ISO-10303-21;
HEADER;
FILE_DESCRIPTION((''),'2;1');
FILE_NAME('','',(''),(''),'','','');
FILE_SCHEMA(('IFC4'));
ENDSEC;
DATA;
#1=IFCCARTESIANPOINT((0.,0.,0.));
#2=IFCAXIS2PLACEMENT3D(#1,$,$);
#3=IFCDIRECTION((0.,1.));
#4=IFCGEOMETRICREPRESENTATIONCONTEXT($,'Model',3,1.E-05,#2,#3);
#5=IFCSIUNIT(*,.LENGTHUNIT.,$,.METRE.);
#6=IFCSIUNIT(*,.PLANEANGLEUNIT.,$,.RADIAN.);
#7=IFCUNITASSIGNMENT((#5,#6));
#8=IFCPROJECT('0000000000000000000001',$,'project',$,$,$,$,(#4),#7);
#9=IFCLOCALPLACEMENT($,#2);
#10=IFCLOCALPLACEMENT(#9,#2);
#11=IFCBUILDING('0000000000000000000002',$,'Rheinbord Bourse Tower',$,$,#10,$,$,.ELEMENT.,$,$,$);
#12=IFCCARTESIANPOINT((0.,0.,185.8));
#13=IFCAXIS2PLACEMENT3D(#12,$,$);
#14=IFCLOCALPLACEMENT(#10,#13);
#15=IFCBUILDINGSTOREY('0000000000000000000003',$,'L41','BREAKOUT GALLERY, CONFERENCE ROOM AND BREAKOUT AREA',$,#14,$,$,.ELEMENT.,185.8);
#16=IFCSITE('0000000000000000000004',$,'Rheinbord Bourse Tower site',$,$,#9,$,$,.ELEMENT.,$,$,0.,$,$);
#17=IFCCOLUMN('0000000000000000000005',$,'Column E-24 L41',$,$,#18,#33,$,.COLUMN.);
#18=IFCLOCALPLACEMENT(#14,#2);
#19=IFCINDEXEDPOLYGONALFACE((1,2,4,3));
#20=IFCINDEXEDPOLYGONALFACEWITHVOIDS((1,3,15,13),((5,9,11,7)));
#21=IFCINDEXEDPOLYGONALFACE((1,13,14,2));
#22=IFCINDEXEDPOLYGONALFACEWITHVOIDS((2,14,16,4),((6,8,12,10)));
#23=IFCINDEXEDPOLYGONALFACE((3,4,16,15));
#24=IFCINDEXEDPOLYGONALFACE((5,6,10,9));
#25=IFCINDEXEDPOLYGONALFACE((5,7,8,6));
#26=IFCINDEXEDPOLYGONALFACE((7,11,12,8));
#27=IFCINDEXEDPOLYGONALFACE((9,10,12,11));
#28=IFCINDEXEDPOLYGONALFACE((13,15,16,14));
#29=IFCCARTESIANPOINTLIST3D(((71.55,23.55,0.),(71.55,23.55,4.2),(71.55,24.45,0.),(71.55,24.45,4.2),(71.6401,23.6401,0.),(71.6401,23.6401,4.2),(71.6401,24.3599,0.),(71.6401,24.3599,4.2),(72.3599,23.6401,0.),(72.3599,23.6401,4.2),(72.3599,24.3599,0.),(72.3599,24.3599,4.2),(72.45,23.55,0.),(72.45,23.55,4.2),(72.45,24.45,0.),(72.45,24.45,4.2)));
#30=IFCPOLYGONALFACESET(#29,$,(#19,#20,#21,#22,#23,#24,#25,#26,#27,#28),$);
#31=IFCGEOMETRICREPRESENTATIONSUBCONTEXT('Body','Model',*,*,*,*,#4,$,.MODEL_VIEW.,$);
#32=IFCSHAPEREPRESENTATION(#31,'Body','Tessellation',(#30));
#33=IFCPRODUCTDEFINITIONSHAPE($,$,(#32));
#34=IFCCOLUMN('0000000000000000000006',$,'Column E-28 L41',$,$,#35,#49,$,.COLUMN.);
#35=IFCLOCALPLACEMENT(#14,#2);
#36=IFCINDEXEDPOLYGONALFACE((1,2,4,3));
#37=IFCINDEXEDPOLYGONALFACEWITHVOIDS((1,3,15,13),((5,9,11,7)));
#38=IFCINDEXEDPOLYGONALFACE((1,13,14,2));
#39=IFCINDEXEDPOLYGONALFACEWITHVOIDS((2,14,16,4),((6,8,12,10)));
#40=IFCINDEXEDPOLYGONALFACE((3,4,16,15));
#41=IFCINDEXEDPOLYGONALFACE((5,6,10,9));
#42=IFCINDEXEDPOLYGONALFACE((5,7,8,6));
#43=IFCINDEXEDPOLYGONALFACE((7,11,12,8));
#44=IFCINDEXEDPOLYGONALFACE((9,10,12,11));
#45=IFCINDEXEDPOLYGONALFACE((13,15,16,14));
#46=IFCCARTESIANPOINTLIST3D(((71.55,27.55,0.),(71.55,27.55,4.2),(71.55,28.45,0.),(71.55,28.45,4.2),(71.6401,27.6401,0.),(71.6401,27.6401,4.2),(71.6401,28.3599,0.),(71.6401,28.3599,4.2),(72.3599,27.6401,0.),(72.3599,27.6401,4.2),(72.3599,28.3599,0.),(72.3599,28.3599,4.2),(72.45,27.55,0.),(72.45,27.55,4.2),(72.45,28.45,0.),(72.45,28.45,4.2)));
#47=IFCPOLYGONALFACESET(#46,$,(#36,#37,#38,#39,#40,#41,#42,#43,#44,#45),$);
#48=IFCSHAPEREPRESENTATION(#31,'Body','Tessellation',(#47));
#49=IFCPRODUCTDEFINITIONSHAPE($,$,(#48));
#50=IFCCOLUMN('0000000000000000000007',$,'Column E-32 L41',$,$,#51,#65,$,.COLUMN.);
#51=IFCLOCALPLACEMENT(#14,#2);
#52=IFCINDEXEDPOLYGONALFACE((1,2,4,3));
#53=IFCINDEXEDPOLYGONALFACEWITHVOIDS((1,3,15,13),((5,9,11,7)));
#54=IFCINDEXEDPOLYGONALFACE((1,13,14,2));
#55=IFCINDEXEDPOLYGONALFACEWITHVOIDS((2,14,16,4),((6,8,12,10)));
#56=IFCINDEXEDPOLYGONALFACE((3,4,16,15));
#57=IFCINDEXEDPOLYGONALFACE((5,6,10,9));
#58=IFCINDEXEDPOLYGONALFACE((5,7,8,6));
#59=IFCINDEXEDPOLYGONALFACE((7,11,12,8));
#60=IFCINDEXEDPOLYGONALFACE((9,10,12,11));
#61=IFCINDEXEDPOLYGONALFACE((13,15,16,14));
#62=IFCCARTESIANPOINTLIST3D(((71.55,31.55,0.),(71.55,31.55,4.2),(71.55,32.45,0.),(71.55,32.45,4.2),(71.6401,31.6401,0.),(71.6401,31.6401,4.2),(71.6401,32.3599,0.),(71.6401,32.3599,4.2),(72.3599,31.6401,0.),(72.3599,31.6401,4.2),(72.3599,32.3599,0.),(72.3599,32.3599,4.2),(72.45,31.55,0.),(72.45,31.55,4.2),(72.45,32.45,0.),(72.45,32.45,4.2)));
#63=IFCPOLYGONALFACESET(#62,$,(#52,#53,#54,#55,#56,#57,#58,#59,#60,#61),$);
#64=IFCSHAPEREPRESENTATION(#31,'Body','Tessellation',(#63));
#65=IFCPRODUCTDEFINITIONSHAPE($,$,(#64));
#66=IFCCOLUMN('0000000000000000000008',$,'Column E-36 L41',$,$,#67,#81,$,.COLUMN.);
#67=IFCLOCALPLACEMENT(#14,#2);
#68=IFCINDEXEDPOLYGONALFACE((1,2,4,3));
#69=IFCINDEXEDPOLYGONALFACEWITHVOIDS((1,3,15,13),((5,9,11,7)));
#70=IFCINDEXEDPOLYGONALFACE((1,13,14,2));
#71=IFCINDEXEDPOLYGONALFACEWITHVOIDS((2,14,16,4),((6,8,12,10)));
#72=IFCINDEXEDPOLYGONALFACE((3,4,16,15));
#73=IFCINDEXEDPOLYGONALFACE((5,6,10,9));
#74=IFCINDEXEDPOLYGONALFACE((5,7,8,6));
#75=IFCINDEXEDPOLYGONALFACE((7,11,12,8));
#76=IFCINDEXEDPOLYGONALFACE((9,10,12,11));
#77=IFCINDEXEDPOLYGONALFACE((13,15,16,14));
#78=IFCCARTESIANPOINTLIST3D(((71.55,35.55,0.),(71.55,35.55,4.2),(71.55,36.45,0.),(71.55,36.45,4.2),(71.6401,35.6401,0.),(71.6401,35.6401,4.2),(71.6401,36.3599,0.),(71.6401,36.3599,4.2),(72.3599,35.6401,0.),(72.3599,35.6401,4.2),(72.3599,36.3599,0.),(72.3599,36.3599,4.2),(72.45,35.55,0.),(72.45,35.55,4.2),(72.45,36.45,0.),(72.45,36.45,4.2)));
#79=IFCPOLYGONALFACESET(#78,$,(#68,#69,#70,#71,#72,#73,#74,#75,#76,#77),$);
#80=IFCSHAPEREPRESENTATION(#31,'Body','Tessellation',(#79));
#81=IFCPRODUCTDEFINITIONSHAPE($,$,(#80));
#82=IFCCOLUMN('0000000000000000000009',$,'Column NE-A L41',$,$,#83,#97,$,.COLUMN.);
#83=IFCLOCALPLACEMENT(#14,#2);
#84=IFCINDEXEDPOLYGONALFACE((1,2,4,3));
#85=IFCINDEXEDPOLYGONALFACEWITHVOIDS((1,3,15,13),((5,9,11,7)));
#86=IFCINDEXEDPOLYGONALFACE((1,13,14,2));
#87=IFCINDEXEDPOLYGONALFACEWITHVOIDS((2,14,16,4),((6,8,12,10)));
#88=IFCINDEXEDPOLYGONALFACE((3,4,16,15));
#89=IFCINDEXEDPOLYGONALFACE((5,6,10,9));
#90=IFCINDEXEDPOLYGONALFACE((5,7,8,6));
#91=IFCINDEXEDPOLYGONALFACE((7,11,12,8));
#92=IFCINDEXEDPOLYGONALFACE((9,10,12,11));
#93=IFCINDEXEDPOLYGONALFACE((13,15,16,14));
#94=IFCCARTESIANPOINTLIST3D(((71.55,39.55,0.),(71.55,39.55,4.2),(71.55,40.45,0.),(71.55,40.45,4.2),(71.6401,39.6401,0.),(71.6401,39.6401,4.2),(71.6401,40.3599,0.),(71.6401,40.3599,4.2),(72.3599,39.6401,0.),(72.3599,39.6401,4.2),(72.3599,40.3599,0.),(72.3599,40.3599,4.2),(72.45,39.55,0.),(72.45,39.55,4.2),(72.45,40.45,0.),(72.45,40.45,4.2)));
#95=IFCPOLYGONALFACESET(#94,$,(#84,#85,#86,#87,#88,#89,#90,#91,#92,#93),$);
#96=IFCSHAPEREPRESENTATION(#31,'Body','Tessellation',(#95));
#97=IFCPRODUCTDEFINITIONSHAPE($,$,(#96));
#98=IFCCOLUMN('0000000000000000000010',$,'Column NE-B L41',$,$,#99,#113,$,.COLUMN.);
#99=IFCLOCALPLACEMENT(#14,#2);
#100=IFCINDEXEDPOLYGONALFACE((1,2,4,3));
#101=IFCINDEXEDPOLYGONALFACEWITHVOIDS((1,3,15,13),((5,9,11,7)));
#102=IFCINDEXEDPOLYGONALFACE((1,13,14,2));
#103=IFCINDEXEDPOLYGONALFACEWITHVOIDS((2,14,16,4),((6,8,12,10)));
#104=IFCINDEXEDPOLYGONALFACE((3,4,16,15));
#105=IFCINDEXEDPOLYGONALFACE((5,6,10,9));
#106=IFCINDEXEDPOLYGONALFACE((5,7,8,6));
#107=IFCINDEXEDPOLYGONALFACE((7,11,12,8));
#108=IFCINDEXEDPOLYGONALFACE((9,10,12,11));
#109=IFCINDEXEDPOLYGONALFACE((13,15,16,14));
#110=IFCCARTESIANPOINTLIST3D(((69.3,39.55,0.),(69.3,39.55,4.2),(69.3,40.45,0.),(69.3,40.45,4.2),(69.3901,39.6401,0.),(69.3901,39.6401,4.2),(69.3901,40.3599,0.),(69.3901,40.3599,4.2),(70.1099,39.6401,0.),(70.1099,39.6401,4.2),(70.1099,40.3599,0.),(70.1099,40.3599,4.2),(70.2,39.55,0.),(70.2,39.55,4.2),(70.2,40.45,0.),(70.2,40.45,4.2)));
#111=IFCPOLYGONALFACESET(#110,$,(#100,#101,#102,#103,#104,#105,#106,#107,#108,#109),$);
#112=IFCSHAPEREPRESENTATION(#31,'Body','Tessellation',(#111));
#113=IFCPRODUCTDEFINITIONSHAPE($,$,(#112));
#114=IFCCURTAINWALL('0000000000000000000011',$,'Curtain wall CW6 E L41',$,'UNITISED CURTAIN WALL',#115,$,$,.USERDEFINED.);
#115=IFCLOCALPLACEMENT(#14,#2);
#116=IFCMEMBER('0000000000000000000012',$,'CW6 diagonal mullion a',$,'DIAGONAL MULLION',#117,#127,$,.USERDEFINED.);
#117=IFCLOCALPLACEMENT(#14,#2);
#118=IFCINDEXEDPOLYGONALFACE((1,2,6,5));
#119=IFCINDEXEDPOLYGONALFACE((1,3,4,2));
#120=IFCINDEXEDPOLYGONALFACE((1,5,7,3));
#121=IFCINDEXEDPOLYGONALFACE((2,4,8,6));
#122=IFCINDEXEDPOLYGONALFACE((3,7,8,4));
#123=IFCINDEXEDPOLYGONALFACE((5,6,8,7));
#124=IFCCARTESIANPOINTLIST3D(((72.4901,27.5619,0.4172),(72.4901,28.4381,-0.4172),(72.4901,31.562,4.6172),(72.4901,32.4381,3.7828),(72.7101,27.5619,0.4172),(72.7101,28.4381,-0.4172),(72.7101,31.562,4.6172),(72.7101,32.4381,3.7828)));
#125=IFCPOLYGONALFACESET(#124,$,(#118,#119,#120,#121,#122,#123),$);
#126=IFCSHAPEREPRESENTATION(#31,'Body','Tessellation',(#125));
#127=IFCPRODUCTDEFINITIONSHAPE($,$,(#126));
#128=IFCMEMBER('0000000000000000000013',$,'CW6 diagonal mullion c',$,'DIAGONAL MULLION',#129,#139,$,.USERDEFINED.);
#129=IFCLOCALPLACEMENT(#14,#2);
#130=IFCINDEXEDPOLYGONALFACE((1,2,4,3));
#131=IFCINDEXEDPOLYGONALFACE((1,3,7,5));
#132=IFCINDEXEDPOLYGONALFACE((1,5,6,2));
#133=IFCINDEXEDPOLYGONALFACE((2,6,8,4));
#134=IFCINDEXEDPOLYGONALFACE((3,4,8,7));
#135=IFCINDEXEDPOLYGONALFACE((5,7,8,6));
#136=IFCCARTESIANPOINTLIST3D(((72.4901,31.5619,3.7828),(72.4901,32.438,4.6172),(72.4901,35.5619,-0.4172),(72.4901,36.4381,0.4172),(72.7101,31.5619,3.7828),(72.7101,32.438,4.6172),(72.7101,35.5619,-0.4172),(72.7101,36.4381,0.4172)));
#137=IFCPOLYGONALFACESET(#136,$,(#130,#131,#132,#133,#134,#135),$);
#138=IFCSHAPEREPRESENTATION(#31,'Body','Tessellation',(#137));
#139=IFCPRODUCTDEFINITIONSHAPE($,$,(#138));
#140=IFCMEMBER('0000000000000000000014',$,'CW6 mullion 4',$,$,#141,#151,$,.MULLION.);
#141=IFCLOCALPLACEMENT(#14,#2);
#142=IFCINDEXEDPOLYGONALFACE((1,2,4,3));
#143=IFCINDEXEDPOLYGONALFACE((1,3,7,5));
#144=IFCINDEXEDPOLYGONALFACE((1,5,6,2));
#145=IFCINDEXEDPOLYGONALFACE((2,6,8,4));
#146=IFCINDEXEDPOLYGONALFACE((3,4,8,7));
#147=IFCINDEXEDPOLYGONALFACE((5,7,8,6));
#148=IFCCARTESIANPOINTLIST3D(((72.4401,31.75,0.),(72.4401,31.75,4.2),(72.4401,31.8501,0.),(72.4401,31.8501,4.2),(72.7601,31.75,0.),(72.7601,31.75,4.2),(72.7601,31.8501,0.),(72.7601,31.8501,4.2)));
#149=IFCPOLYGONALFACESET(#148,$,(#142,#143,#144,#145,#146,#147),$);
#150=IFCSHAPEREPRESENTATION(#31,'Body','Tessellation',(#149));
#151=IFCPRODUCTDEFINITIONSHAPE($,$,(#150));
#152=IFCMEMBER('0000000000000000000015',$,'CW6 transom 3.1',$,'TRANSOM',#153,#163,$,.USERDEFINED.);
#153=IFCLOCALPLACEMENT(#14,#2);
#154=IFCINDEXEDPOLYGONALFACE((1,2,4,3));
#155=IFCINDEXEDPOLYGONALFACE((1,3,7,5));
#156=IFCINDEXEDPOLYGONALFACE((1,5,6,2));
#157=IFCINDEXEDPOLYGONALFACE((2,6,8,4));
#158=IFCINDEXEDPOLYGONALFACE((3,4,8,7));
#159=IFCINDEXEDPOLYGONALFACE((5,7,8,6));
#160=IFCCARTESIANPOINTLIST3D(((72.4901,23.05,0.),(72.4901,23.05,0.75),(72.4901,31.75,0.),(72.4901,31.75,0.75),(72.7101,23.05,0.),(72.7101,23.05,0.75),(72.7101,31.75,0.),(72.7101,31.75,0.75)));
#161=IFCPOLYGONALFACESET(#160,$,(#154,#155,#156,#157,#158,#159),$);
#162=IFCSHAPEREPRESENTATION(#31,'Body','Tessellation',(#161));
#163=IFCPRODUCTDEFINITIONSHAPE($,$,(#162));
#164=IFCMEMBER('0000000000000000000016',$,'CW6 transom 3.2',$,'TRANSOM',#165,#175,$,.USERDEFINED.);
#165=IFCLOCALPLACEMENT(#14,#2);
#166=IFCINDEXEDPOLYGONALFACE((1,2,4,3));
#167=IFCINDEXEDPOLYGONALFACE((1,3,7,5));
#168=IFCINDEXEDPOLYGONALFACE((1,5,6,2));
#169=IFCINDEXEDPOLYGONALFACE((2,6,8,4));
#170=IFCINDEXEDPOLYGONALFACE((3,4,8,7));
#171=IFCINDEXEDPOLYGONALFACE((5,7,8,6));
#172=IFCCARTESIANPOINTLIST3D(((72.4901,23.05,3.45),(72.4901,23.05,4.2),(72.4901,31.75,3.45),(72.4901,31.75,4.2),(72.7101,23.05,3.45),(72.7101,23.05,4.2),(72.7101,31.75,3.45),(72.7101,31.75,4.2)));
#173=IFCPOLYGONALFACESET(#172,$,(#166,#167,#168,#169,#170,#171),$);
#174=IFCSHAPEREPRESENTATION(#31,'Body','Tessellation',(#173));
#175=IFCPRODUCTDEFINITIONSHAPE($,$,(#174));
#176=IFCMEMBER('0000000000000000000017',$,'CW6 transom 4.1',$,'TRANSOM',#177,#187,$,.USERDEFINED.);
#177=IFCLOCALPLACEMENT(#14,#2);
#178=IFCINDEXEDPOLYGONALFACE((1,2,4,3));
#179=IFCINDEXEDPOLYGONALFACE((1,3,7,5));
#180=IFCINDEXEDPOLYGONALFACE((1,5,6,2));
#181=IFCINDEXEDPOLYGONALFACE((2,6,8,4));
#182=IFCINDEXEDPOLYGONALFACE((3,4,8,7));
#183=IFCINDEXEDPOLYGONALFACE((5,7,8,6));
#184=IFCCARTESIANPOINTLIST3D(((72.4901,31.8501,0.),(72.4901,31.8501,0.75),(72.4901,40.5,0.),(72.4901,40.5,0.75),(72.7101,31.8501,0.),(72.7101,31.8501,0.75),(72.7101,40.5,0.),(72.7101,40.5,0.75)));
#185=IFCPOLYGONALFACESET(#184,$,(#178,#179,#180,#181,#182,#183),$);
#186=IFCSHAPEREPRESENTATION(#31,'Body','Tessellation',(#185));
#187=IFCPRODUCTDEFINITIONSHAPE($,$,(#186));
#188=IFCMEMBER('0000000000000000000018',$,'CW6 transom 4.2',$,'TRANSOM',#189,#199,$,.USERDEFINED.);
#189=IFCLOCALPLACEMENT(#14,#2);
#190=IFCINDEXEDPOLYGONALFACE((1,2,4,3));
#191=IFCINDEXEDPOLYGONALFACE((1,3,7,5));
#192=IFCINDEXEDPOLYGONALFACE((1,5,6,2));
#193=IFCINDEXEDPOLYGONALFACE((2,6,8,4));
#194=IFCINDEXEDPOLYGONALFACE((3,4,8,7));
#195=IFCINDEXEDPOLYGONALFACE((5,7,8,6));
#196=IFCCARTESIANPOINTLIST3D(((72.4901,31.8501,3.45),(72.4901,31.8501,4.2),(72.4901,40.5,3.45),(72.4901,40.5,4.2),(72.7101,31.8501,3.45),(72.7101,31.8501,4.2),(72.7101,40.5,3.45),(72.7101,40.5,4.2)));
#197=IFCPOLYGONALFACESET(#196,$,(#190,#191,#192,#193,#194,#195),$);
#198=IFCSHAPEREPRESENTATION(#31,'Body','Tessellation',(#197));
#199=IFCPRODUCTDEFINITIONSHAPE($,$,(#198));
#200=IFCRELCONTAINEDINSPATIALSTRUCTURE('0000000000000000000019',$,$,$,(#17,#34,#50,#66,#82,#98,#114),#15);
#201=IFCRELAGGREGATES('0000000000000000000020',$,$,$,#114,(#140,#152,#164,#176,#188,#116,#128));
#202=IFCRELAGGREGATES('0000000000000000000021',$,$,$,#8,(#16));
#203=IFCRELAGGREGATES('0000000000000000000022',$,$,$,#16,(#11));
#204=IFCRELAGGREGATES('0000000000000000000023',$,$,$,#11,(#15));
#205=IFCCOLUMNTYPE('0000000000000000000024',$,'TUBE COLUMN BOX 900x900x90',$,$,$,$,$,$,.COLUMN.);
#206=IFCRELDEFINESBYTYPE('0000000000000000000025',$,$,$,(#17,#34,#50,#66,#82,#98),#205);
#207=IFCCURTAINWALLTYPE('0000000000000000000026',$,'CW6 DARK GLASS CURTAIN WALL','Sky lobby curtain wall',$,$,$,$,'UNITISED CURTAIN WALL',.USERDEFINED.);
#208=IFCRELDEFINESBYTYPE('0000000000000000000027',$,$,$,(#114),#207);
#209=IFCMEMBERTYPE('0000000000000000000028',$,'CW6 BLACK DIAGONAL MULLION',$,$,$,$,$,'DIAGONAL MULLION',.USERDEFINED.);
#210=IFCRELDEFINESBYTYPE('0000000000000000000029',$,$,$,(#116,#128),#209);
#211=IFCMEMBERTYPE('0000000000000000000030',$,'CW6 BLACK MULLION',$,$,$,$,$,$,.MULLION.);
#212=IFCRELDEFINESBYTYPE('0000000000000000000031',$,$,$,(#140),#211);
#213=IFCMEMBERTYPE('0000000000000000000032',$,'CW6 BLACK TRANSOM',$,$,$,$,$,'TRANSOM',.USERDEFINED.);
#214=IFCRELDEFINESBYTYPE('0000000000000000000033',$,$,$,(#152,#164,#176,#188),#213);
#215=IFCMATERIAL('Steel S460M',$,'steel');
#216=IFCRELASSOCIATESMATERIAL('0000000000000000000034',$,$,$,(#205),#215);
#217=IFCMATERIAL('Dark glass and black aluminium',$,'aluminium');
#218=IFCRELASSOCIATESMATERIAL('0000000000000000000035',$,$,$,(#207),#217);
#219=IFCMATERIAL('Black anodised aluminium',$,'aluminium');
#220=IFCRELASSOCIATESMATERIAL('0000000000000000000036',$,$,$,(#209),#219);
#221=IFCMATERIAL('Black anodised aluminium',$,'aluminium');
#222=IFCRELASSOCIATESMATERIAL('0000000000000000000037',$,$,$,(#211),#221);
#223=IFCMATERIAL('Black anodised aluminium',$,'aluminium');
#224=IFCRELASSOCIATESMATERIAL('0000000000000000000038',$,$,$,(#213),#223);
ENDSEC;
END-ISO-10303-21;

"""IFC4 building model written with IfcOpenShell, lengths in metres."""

from ifc_helpers import new_model, si_unit, direction, frame, origin, origin_2d, place, context, subcontext, project, spatial, rectangle, hollow_rectangle, extrude, material, material_profile, profile_set, type_object, element, aggregate, save


model = new_model("IFC4")

# Units and contexts
model_context = context("Model", 3, precision=1e-05, world=origin(), true_north=direction((0.0, 1.0)))
body_context = subcontext(model_context, "Body", "Model", "MODEL_VIEW")
ifc_project = project(units=[si_unit("LENGTHUNIT", "METRE"), si_unit("PLANEANGLEUNIT", "RADIAN")], contexts=[model_context])

# Site, building, storey
site_placement = place(None, origin())
site = spatial("IfcSite", under=ifc_project, at=site_placement, Name="Rheinbord Bourse Tower site", CompositionType="ELEMENT", RefElevation=0.0)
building_placement = place(site_placement, origin())
building = spatial("IfcBuilding", under=site, at=building_placement, Name="Rheinbord Bourse Tower", CompositionType="ELEMENT")
storey_placement = place(building_placement, frame((0.0, 0.0, 185.8)))
storey = spatial("IfcBuildingStorey", under=building, at=storey_placement, Name="L41", Description="BREAKOUT GALLERY, CONFERENCE ROOM AND BREAKOUT AREA", CompositionType="ELEMENT", Elevation=185.8)

# Columns
ifc_material_1 = material(Name="Steel S460M", Category="steel")
ifc_material_profile_1 = material_profile(ifc_material_1, hollow_rectangle(XDim=0.8999, YDim=0.8999, WallThickness=0.0901, at=origin_2d()), Name="BOX 900x900x90")
ifc_profile_set_1 = profile_set([ifc_material_profile_1], Name="Steel S460M")
column_type = type_object("IfcColumnType", Name="TUBE COLUMN BOX 900x900x90", PredefinedType="COLUMN", material=ifc_profile_set_1)
for number, where, z_axis, x_axis, name in (
    (1, (72.0, 24.0, 0.0), (0.0, 0.0, 1.0), (1.0, 0.0, 0.0), "Column E-24 L41"),
    (2, (72.0, 28.0, 0.0), (0.0, 0.0, 1.0), (1.0, 0.0, 0.0), "Column E-28 L41"),
    (3, (72.0, 32.0, 0.0), (0.0, 0.0, 1.0), (1.0, 0.0, 0.0), "Column E-32 L41"),
    (4, (72.0, 36.0, 0.0), (0.0, 0.0, 1.0), (1.0, 0.0, 0.0), "Column E-36 L41"),
    (5, (72.0, 40.0, 0.0), (0.0, 0.0, 1.0), (1.0, 0.0, 0.0), "Column NE-A L41"),
    (6, (69.75, 40.0, 0.0), (0.0, 0.0, 1.0), (1.0, 0.0, 0.0), "Column NE-B L41"),
):
    element("IfcColumn", number, at=place(storey_placement, frame(where, z_axis=z_axis, x_axis=x_axis)), inside=storey, type_object=column_type, Name=name, PredefinedType="COLUMN", context=body_context, shape_type="SweptSolid", body=[
        extrude(hollow_rectangle(XDim=0.8999, YDim=0.8999, WallThickness=0.0901, at=origin_2d()), origin(), (0.0, 0.0, 1.0), 4.2),
    ])

# Curtain wall, members
ifc_material_2 = material(Name="Dark glass and black aluminium", Category="aluminium")
curtain_wall_type = type_object("IfcCurtainWallType", Name="CW6 DARK GLASS CURTAIN WALL", Description="Sky lobby curtain wall", ElementType="UNITISED CURTAIN WALL", PredefinedType="USERDEFINED", material=ifc_material_2)
curtain_wall_placement = place(storey_placement, origin())
curtain_wall = element("IfcCurtainWall", 7, at=curtain_wall_placement, inside=storey, type_object=curtain_wall_type, Name="Curtain wall CW6 E L41", ObjectType="UNITISED CURTAIN WALL", PredefinedType="USERDEFINED")
ifc_material_3 = material(Name="Black anodised aluminium", Category="aluminium")
ifc_material_profile_2 = material_profile(ifc_material_3, rectangle(XDim=0.22, YDim=1.21, at=origin_2d()), Name="CW6 DIAGONAL MULLION 1210x220")
ifc_profile_set_2 = profile_set([ifc_material_profile_2], Name="Black anodised aluminium")
member_type_1 = type_object("IfcMemberType", Name="CW6 BLACK DIAGONAL MULLION", ElementType="DIAGONAL MULLION", PredefinedType="USERDEFINED", material=ifc_profile_set_2)
member_1_placement = place(storey_placement, frame((72.6001, 28.0, 0.0), z_axis=(0.0, 0.689659, 0.724134), x_axis=(-1.0, 0.0, 0.0)))
member_1 = element("IfcMember", 8, at=member_1_placement, type_object=member_type_1, Name="CW6 diagonal mullion a", ObjectType="DIAGONAL MULLION", PredefinedType="USERDEFINED", context=body_context, shape_type="SweptSolid", body=[
    extrude(rectangle(XDim=0.22, YDim=1.21, at=origin_2d()), origin(), (0.0, 0.0, 1.0), 5.8),
])
member_2_placement = place(storey_placement, frame((72.6001, 36.0, 0.0), z_axis=(0.0, -0.689659, 0.724134), x_axis=(1.0, 0.0, 0.0)))
member_2 = element("IfcMember", 9, at=member_2_placement, type_object=member_type_1, Name="CW6 diagonal mullion c", ObjectType="DIAGONAL MULLION", PredefinedType="USERDEFINED", context=body_context, shape_type="SweptSolid", body=[
    extrude(rectangle(XDim=0.22, YDim=1.21, at=origin_2d()), origin(), (0.0, 0.0, 1.0), 5.8),
])
ifc_material_4 = material(Name="Black anodised aluminium", Category="aluminium")
ifc_material_profile_3 = material_profile(ifc_material_4, rectangle(XDim=0.3201, YDim=0.1001, at=origin_2d()), Name="CW6 MULLION 100x320")
ifc_profile_set_3 = profile_set([ifc_material_profile_3], Name="Black anodised aluminium")
member_type_2 = type_object("IfcMemberType", Name="CW6 BLACK MULLION", PredefinedType="MULLION", material=ifc_profile_set_3)
member_3_placement = place(storey_placement, frame((72.6001, 31.8, 0.0), z_axis=(0.0, 0.0, 1.0), x_axis=(-1.0, 0.0, 0.0)))
member_3 = element("IfcMember", 10, at=member_3_placement, type_object=member_type_2, Name="CW6 mullion 4", PredefinedType="MULLION", context=body_context, shape_type="SweptSolid", body=[
    extrude(rectangle(XDim=0.3201, YDim=0.1001, at=origin_2d()), origin(), (0.0, 0.0, 1.0), 4.2),
])
ifc_material_5 = material(Name="Black anodised aluminium", Category="aluminium")
ifc_material_profile_4 = material_profile(ifc_material_5, rectangle(XDim=0.22, YDim=0.75, at=origin_2d()), Name="CW6 TRANSOM 750x220")
ifc_profile_set_4 = profile_set([ifc_material_profile_4], Name="Black anodised aluminium")
member_type_3 = type_object("IfcMemberType", Name="CW6 BLACK TRANSOM", ElementType="TRANSOM", PredefinedType="USERDEFINED", material=ifc_profile_set_4)
member_4_placement = place(storey_placement, frame((72.6001, 23.05, 0.375), z_axis=(0.0, 1.0, 0.0), x_axis=(-1.0, 0.0, 0.0)))
member_4 = element("IfcMember", 11, at=member_4_placement, type_object=member_type_3, Name="CW6 transom 3.1", ObjectType="TRANSOM", PredefinedType="USERDEFINED", context=body_context, shape_type="SweptSolid", body=[
    extrude(rectangle(XDim=0.22, YDim=0.75, at=origin_2d()), origin(), (0.0, 0.0, 1.0), 8.7),
])
member_5_placement = place(storey_placement, frame((72.6001, 23.05, 3.825), z_axis=(0.0, 1.0, 0.0), x_axis=(-1.0, 0.0, 0.0)))
member_5 = element("IfcMember", 12, at=member_5_placement, type_object=member_type_3, Name="CW6 transom 3.2", ObjectType="TRANSOM", PredefinedType="USERDEFINED", context=body_context, shape_type="SweptSolid", body=[
    extrude(rectangle(XDim=0.22, YDim=0.75, at=origin_2d()), origin(), (0.0, 0.0, 1.0), 8.7),
])
member_6_placement = place(storey_placement, frame((72.6001, 31.8501, 0.375), z_axis=(0.0, 1.0, 0.0), x_axis=(-1.0, 0.0, 0.0)))
member_6 = element("IfcMember", 13, at=member_6_placement, type_object=member_type_3, Name="CW6 transom 4.1", ObjectType="TRANSOM", PredefinedType="USERDEFINED", context=body_context, shape_type="SweptSolid", body=[
    extrude(rectangle(XDim=0.22, YDim=0.75, at=origin_2d()), origin(), (0.0, 0.0, 1.0), 8.6499),
])
member_7_placement = place(storey_placement, frame((72.6001, 31.8501, 3.825), z_axis=(0.0, 1.0, 0.0), x_axis=(-1.0, 0.0, 0.0)))
member_7 = element("IfcMember", 14, at=member_7_placement, type_object=member_type_3, Name="CW6 transom 4.2", ObjectType="TRANSOM", PredefinedType="USERDEFINED", context=body_context, shape_type="SweptSolid", body=[
    extrude(rectangle(XDim=0.22, YDim=0.75, at=origin_2d()), origin(), (0.0, 0.0, 1.0), 8.6499),
])

aggregate(curtain_wall, [member_3, member_4, member_5, member_6, member_7, member_1, member_2])

save(model, "model.ifc")
